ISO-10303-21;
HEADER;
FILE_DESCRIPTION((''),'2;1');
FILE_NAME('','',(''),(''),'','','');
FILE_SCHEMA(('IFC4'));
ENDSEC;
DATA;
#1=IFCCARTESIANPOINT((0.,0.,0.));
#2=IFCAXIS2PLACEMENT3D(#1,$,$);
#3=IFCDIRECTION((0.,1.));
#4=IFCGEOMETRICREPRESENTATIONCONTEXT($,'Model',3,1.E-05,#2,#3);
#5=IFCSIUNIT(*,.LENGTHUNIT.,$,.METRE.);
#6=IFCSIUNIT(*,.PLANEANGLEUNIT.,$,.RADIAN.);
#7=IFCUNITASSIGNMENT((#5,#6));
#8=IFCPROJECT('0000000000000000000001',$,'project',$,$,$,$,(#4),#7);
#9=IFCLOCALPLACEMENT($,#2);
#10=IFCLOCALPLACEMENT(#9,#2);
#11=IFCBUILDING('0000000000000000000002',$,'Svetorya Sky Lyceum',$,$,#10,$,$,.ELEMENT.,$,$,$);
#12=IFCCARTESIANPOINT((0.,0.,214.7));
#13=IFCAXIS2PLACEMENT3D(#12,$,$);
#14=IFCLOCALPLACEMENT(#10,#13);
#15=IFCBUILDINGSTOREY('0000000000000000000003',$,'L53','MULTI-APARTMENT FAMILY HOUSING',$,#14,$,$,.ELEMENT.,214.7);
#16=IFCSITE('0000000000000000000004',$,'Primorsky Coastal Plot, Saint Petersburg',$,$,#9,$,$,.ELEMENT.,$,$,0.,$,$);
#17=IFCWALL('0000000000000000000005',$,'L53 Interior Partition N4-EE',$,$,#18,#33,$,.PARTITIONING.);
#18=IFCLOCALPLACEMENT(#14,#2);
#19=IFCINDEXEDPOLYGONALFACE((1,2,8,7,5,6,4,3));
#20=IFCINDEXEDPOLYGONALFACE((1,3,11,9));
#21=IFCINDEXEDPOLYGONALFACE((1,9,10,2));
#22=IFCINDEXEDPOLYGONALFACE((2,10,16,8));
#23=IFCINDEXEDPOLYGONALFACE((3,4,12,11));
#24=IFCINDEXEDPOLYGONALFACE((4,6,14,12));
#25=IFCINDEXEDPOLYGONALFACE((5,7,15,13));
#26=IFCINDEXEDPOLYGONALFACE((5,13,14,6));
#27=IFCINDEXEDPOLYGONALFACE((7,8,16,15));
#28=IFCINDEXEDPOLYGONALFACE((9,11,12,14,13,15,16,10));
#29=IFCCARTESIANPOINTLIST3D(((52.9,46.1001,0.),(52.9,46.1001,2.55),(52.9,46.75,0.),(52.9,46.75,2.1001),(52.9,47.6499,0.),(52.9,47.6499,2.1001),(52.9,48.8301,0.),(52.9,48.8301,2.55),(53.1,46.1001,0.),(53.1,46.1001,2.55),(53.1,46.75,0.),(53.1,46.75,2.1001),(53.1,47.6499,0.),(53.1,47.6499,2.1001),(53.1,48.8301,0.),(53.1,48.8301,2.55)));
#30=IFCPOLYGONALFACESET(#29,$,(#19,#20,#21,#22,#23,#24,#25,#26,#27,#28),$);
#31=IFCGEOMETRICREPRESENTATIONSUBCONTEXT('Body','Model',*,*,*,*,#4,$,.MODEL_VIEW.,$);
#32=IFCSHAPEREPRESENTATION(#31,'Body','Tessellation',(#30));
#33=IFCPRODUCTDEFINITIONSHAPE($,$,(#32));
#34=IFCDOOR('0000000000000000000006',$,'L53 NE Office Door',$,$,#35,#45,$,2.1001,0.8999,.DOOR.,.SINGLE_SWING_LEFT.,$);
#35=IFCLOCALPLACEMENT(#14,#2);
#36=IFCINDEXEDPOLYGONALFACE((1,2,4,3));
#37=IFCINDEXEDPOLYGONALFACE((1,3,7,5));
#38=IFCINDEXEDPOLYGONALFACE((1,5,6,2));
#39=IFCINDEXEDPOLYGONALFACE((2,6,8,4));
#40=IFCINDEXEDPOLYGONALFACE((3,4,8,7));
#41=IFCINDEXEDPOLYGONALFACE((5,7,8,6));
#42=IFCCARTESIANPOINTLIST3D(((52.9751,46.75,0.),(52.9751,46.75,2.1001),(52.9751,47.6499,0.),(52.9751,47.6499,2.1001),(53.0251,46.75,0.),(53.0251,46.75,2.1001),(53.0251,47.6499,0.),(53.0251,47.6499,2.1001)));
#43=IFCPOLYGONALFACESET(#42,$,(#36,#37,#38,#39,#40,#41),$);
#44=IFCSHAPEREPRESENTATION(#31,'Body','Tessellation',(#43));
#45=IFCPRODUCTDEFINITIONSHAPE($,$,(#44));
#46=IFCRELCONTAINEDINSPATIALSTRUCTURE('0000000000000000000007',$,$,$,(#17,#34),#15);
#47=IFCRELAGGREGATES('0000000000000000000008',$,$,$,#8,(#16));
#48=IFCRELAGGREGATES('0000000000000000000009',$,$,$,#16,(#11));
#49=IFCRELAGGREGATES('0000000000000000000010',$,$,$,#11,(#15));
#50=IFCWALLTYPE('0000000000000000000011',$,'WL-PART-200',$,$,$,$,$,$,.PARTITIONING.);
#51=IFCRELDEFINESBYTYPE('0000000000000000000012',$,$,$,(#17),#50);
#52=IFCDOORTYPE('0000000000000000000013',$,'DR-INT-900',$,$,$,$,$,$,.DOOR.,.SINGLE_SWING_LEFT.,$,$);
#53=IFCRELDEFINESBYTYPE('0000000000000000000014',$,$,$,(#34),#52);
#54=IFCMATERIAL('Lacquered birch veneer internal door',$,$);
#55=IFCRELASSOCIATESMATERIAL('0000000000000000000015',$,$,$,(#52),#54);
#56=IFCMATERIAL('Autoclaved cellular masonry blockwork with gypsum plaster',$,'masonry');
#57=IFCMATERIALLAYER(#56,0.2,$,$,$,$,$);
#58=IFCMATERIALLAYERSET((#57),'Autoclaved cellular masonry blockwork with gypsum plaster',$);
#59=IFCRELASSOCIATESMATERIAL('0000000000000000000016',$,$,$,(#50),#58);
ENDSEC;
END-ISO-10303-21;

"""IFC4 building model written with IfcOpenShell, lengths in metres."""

from ifc_helpers import new_model, si_unit, direction, frame, frame_2d, origin, place, context, subcontext, project, spatial, rectangle, extrude, material, layer, layer_set, type_object, element, fill, save


model = new_model("IFC4")

# Units and contexts
model_context = context("Model", 3, precision=1e-05, world=origin(), true_north=direction((0.0, 1.0)))
body_context = subcontext(model_context, "Body", "Model", "MODEL_VIEW")
ifc_project = project(units=[si_unit("LENGTHUNIT", "METRE"), si_unit("PLANEANGLEUNIT", "RADIAN")], contexts=[model_context])

# Site, building, storey
site_placement = place(None, origin())
site = spatial("IfcSite", under=ifc_project, at=site_placement, Name="Primorsky Coastal Plot, Saint Petersburg", CompositionType="ELEMENT", RefElevation=0.0)
building_placement = place(site_placement, origin())
building = spatial("IfcBuilding", under=site, at=building_placement, Name="Svetorya Sky Lyceum", CompositionType="ELEMENT")
storey_placement = place(building_placement, frame((0.0, 0.0, 214.7)))
storey = spatial("IfcBuildingStorey", under=building, at=storey_placement, Name="L53", Description="MULTI-APARTMENT FAMILY HOUSING", CompositionType="ELEMENT", Elevation=214.7)

# Shared definitions
ifc_material_1 = material(Name="Lacquered birch veneer internal door")
door_type = type_object("IfcDoorType", Name="DR-INT-900", OperationType="SINGLE_SWING_LEFT", PredefinedType="DOOR", material=ifc_material_1)

# Shared definitions
ifc_material_2 = material(Name="Autoclaved cellular masonry blockwork with gypsum plaster", Category="masonry")
ifc_layer_1 = layer(ifc_material_2, 0.2)
ifc_layer_set_1 = layer_set([ifc_layer_1], Name="Autoclaved cellular masonry blockwork with gypsum plaster")
wall_type_1 = type_object("IfcWallType", Name="WL-PART-200", PredefinedType="PARTITIONING", material=ifc_layer_set_1)

# Wall, opening, door
wall_1_placement = place(storey_placement, frame((53.0, 46.1001, 0.0), z_axis=(0.0, 0.0, 1.0), x_axis=(0.0, 1.0, 0.0)))
wall_1 = element("IfcWall", 1, at=wall_1_placement, inside=storey, type_object=wall_type_1, Name="L53 Interior Partition N4-EE", PredefinedType="PARTITIONING", context=body_context, shape_type="SweptSolid", body=[
    extrude(rectangle(XDim=2.73, YDim=0.2, at=frame_2d((1.365, 0.0))), origin(), (0.0, 0.0, 1.0), 2.55),
])
opening_1_placement = place(wall_1_placement, frame((0.6499, 0.0, 0.0)))
opening_1 = element("IfcOpeningElement", 2, at=opening_1_placement, cuts=wall_1, PredefinedType="OPENING", context=body_context, shape_type="SweptSolid", body=[
    extrude(rectangle(XDim=0.8999, YDim=2.1001, at=frame_2d((0.45, 1.05))), frame((0.0, 0.1099, 0.0), z_axis=(0.0, -1.0, 0.0), x_axis=(1.0, 0.0, 0.0)), (0.0, 0.0, 1.0), 0.22),
])
door_1_placement = place(opening_1_placement, origin())
door_1 = element("IfcDoor", 3, at=door_1_placement, inside=storey, type_object=door_type, Name="L53 NE Office Door", OperationType="SINGLE_SWING_LEFT", OverallHeight=2.1001, OverallWidth=0.8999, PredefinedType="DOOR", context=body_context, shape_type="SweptSolid", body=[
    extrude(rectangle(XDim=0.8999, YDim=2.1001, at=frame_2d((0.45, 1.05))), frame((0.0, 0.0249, 0.0), z_axis=(0.0, -1.0, 0.0), x_axis=(1.0, 0.0, 0.0)), (0.0, 0.0, 1.0), 0.05),
])
fill(opening_1, door_1)

save(model, "model.ifc")
